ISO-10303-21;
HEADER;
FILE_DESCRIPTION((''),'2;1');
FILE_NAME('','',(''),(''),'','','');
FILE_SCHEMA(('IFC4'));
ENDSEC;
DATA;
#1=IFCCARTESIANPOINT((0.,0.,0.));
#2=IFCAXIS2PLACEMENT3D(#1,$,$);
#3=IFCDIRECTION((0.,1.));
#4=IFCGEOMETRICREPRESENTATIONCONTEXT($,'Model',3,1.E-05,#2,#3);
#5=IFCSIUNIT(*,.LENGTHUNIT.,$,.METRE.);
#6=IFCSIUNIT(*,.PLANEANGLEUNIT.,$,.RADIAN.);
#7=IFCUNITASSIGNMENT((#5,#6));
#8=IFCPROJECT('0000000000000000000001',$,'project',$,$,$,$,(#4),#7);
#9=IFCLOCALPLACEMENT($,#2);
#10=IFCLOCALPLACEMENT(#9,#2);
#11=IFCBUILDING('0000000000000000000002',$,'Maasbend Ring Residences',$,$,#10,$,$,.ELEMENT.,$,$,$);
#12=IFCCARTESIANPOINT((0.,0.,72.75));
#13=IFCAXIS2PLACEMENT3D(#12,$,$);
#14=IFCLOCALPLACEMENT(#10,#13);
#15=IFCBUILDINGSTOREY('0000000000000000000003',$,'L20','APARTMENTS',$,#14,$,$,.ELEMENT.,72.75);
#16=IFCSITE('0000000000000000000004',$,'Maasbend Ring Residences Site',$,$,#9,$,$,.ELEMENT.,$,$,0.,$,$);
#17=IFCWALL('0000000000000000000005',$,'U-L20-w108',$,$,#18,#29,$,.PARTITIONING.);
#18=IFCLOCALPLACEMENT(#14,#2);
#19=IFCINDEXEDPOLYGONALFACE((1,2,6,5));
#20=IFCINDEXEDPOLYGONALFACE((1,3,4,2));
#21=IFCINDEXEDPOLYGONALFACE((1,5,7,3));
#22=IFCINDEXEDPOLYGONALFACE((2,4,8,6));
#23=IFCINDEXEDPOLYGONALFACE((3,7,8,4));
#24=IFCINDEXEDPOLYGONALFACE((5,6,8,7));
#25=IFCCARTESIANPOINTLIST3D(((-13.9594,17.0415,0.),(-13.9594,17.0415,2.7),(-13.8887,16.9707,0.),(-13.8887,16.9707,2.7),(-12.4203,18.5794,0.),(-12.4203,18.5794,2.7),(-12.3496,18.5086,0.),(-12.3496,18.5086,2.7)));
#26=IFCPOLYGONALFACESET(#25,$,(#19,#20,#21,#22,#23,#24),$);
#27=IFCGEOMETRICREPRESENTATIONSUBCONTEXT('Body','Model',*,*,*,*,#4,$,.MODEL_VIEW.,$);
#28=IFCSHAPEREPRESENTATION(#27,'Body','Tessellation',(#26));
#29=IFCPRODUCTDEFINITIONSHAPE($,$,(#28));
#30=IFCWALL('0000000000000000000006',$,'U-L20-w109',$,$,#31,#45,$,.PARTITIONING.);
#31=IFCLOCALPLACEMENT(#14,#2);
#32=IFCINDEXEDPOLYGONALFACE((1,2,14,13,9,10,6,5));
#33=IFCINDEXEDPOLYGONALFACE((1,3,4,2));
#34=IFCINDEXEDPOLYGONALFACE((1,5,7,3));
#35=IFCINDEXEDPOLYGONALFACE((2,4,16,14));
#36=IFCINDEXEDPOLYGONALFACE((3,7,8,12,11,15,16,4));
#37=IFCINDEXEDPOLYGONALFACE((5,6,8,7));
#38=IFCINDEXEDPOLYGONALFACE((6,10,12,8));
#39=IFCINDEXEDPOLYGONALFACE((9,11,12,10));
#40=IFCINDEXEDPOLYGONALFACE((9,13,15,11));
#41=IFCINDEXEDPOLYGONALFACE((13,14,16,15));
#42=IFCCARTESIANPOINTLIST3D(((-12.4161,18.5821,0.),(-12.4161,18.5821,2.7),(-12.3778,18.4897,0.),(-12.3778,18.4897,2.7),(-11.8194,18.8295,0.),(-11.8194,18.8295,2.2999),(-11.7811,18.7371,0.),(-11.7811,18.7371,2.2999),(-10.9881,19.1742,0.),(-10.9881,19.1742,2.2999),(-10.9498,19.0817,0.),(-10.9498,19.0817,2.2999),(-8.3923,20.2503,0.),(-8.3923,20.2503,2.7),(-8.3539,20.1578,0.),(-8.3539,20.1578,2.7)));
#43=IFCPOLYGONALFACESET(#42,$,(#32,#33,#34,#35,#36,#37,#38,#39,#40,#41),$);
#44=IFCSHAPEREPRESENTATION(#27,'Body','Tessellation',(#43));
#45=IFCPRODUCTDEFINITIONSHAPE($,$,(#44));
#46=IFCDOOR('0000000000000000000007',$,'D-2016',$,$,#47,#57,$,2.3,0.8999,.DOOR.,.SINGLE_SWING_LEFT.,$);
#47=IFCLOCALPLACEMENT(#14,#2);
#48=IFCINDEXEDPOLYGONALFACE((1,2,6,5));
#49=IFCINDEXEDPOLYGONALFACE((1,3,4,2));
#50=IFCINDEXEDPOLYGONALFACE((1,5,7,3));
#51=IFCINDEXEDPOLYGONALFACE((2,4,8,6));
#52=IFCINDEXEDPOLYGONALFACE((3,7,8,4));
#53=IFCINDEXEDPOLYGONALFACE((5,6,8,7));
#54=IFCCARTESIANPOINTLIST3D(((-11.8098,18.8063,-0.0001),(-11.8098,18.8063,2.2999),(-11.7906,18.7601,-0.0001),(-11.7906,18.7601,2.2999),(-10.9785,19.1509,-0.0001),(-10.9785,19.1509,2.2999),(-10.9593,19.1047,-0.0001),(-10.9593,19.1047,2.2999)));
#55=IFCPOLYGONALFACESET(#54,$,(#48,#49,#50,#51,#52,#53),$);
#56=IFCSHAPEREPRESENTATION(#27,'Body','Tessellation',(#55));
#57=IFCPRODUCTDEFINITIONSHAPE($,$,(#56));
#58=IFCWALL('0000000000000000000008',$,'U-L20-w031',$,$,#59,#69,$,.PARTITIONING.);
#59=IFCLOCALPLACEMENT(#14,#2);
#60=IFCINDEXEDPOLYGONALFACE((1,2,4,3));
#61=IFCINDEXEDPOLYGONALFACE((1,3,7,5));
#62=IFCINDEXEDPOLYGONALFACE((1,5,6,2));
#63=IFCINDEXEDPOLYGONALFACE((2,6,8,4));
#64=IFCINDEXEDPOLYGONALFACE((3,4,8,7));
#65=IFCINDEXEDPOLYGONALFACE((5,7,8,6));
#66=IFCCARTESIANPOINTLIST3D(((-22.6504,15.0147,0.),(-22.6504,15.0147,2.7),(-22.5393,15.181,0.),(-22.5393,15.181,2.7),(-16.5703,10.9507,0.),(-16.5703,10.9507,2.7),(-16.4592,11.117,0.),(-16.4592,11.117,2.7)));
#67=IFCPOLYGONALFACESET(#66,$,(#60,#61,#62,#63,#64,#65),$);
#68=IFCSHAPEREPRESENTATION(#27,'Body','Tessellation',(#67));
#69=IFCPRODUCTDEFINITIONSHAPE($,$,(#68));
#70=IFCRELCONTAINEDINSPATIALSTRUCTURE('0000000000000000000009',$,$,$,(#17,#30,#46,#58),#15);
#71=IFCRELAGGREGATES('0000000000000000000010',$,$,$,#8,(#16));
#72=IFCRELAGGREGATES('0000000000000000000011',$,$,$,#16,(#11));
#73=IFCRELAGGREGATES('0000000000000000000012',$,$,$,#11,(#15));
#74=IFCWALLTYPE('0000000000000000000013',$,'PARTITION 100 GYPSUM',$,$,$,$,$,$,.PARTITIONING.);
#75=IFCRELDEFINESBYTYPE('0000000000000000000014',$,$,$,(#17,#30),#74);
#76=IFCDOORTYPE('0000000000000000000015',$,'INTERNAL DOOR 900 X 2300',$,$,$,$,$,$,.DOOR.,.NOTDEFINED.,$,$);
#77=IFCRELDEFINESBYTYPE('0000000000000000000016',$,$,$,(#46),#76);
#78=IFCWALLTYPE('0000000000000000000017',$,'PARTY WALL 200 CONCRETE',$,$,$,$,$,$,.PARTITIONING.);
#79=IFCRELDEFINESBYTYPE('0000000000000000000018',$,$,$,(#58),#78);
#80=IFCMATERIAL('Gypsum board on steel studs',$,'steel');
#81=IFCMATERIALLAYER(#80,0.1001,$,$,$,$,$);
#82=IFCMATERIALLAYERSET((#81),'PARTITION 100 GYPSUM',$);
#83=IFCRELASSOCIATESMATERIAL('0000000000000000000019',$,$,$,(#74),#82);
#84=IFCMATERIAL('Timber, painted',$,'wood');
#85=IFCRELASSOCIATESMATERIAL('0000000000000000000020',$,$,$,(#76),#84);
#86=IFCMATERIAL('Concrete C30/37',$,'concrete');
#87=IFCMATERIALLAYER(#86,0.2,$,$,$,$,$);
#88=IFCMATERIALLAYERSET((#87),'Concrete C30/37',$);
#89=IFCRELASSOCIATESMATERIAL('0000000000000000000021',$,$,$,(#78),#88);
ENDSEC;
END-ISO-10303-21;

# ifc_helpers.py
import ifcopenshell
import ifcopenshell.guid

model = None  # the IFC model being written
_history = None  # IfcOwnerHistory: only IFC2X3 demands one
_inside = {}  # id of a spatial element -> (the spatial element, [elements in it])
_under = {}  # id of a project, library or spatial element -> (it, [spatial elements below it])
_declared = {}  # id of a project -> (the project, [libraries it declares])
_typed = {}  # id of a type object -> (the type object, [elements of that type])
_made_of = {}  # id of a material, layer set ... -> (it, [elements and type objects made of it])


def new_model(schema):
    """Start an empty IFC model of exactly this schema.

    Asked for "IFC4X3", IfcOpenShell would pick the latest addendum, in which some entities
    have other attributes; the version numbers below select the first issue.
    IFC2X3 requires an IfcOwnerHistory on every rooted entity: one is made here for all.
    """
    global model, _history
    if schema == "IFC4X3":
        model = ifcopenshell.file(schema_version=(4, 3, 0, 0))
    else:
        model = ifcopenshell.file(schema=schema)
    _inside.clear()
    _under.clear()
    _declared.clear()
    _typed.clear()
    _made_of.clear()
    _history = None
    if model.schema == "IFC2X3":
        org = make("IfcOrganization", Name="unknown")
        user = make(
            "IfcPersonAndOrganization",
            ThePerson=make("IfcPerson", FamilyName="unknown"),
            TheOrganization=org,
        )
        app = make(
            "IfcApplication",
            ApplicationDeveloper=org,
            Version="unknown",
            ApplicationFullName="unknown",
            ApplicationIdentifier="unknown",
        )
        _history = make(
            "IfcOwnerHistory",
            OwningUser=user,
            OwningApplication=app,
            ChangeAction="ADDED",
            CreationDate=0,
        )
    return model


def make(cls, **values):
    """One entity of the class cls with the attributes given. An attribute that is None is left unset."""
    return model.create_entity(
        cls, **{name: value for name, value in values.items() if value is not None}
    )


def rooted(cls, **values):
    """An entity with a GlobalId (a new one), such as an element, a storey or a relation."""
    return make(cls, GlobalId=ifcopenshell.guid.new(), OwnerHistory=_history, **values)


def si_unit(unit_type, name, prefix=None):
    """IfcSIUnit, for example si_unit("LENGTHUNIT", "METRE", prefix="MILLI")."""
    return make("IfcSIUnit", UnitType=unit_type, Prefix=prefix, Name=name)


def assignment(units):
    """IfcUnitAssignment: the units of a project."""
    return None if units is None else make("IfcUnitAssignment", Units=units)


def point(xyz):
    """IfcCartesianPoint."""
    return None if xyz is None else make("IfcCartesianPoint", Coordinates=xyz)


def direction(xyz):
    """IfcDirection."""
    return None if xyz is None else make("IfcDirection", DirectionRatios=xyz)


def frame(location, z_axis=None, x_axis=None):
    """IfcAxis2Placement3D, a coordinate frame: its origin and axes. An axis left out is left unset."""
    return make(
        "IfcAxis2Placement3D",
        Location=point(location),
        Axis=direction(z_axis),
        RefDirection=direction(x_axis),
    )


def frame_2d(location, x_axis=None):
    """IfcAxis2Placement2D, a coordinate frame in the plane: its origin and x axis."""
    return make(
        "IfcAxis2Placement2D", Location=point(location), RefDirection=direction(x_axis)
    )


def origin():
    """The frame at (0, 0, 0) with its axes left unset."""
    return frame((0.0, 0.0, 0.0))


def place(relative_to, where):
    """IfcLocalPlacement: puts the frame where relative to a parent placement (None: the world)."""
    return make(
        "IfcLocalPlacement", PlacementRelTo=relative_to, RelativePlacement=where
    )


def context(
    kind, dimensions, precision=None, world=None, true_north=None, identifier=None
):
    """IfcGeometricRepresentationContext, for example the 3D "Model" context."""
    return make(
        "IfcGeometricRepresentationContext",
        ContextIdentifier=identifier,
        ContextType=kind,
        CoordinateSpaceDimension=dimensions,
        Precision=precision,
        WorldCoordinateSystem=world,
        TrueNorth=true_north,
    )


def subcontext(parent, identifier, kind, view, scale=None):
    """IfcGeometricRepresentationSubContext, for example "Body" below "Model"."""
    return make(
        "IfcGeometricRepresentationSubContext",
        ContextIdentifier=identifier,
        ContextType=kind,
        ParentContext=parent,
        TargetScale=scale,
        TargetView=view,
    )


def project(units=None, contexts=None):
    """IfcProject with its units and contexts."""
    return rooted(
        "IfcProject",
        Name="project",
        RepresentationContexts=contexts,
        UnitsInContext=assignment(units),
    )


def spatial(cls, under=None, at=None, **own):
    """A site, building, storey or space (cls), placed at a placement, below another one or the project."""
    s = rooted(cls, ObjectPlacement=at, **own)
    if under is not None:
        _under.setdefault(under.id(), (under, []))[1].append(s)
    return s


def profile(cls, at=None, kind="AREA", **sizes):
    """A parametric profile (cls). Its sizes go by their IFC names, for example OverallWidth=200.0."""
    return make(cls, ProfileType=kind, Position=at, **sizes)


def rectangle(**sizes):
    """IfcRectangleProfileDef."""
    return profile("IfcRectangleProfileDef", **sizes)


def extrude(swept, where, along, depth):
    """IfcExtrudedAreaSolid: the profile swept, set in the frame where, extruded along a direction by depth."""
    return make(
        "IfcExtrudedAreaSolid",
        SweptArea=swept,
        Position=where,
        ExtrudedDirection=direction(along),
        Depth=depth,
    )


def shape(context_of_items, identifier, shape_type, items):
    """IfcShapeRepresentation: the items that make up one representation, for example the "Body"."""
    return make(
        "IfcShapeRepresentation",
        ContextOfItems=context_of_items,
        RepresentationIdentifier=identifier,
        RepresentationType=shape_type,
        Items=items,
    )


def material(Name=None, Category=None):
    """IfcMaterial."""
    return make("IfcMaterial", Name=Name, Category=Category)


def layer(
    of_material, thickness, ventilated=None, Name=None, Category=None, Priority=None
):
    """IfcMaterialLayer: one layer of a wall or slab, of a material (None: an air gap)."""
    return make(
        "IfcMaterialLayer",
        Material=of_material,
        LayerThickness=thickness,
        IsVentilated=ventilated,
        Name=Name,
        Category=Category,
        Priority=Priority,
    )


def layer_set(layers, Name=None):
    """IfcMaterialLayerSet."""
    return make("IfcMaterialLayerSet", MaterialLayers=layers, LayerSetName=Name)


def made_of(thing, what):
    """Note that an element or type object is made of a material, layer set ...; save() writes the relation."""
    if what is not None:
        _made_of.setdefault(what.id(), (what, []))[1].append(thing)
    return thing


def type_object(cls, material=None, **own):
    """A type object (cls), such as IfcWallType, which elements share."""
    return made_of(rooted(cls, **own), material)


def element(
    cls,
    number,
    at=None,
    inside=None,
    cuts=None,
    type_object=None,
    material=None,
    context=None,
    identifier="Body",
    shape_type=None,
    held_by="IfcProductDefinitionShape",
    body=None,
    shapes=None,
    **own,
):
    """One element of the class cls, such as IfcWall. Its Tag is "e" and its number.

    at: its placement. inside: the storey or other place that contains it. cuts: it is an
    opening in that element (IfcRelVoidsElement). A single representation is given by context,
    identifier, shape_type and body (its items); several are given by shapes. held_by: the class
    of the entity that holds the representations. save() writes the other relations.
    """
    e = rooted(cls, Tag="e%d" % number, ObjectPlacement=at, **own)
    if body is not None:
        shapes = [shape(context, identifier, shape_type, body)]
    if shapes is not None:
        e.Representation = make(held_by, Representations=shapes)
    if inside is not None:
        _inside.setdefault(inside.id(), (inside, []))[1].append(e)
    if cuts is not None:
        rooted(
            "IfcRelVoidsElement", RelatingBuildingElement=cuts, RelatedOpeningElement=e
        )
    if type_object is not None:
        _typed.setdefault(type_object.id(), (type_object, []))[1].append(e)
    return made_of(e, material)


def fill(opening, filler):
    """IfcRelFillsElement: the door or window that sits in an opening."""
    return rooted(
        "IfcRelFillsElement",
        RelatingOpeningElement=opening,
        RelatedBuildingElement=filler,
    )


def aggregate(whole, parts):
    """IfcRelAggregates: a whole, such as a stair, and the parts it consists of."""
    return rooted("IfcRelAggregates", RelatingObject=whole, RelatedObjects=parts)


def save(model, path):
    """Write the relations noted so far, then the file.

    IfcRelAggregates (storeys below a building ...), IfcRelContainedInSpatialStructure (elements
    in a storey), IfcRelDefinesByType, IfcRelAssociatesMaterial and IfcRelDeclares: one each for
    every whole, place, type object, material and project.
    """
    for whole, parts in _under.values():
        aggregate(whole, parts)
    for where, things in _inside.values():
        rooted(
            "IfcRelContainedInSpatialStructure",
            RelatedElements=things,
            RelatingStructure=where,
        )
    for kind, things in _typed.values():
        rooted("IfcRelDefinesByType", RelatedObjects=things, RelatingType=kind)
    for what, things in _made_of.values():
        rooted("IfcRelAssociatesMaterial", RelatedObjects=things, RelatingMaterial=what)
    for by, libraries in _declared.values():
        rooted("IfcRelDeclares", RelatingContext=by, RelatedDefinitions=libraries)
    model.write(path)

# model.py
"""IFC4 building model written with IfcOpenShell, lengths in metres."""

from ifc_helpers import new_model, si_unit, direction, frame, frame_2d, origin, place, context, subcontext, project, spatial, rectangle, extrude, material, layer, layer_set, type_object, element, fill, save


model = new_model("IFC4")

# Units and contexts
model_context = context("Model", 3, precision=1e-05, world=origin(), true_north=direction((0.0, 1.0)))
body_context = subcontext(model_context, "Body", "Model", "MODEL_VIEW")
ifc_project = project(units=[si_unit("LENGTHUNIT", "METRE"), si_unit("PLANEANGLEUNIT", "RADIAN")], contexts=[model_context])

# Site, building, storey
site_placement = place(None, origin())
site = spatial("IfcSite", under=ifc_project, at=site_placement, Name="Maasbend Ring Residences Site", CompositionType="ELEMENT", RefElevation=0.0)
building_placement = place(site_placement, origin())
building = spatial("IfcBuilding", under=site, at=building_placement, Name="Maasbend Ring Residences", CompositionType="ELEMENT")
storey_placement = place(building_placement, frame((0.0, 0.0, 72.75)))
storey = spatial("IfcBuildingStorey", under=building, at=storey_placement, Name="L20", Description="APARTMENTS", CompositionType="ELEMENT", Elevation=72.75)

# Shared definitions
ifc_material_1 = material(Name="Gypsum board on steel studs", Category="steel")
ifc_layer_1 = layer(ifc_material_1, 0.1001)
ifc_layer_set_1 = layer_set([ifc_layer_1], Name="PARTITION 100 GYPSUM")
wall_type_1 = type_object("IfcWallType", Name="PARTITION 100 GYPSUM", PredefinedType="PARTITIONING", material=ifc_layer_set_1)

# Shared definitions
ifc_material_2 = material(Name="Timber, painted", Category="wood")
door_type = type_object("IfcDoorType", Name="INTERNAL DOOR 900 X 2300", OperationType="NOTDEFINED", PredefinedType="DOOR", material=ifc_material_2)

# Wall
wall_1_placement = place(storey_placement, frame((-13.9241, 17.0061, 0.0), z_axis=(0.0, 0.0, 1.0), x_axis=(0.707387, 0.706826, 0.0)))
element("IfcWall", 1, at=wall_1_placement, inside=storey, type_object=wall_type_1, Name="U-L20-w108", PredefinedType="PARTITIONING", context=body_context, shape_type="SweptSolid", body=[
    extrude(rectangle(XDim=2.1758, YDim=0.1001, at=frame_2d((1.0879, 0.0))), origin(), (0.0, 0.0, 1.0), 2.7),
])

# Wall, opening, door
wall_2_placement = place(storey_placement, frame((-12.397, 18.5359, 0.0), z_axis=(0.0, 0.0, 1.0), x_axis=(0.923762, 0.382967, 0.0)))
wall_2 = element("IfcWall", 2, at=wall_2_placement, inside=storey, type_object=wall_type_1, Name="U-L20-w109", PredefinedType="PARTITIONING", context=body_context, shape_type="SweptSolid", body=[
    extrude(rectangle(XDim=4.356, YDim=0.1001, at=frame_2d((2.178, 0.0))), origin(), (0.0, 0.0, 1.0), 2.7),
])
opening_1_placement = place(wall_2_placement, frame((0.646, 0.0, 0.0)))
opening_1 = element("IfcOpeningElement", 3, at=opening_1_placement, cuts=wall_2, PredefinedType="OPENING", context=body_context, shape_type="SweptSolid", body=[
    extrude(rectangle(XDim=0.8999, YDim=2.3, at=frame_2d((0.45, 1.1499))), frame((0.0, 0.0601, 0.0), z_axis=(0.0, -1.0, 0.0), x_axis=(1.0, 0.0, 0.0)), (0.0, 0.0, 1.0), 0.1201),
])
door_1_placement = place(opening_1_placement, origin())
door_1 = element("IfcDoor", 4, at=door_1_placement, inside=storey, type_object=door_type, Name="D-2016", OperationType="SINGLE_SWING_LEFT", OverallHeight=2.3, OverallWidth=0.8999, PredefinedType="DOOR", context=body_context, shape_type="SweptSolid", body=[
    extrude(rectangle(XDim=0.8999, YDim=2.3, at=frame_2d((0.45, 1.1499))), frame((0.0, 0.0249, 0.0), z_axis=(0.0, -1.0, 0.0), x_axis=(1.0, 0.0, 0.0)), (0.0, 0.0, 1.0), 0.05),
])
fill(opening_1, door_1)

# Wall
ifc_material_3 = material(Name="Concrete C30/37", Category="concrete")
ifc_layer_2 = layer(ifc_material_3, 0.2)
ifc_layer_set_2 = layer_set([ifc_layer_2], Name="Concrete C30/37")
wall_type_2 = type_object("IfcWallType", Name="PARTY WALL 200 CONCRETE", PredefinedType="PARTITIONING", material=ifc_layer_set_2)
wall_3_placement = place(storey_placement, frame((-22.595, 15.0979, 0.0), z_axis=(0.0, 0.0, 1.0), x_axis=(0.831382, -0.555701, 0.0)))
element("IfcWall", 5, at=wall_3_placement, inside=storey, type_object=wall_type_2, Name="U-L20-w031", PredefinedType="PARTITIONING", context=body_context, shape_type="SweptSolid", body=[
    extrude(rectangle(XDim=7.3132, YDim=0.2, at=frame_2d((3.6567, 0.0))), origin(), (0.0, 0.0, 1.0), 2.7),
])

save(model, "model.ifc")
